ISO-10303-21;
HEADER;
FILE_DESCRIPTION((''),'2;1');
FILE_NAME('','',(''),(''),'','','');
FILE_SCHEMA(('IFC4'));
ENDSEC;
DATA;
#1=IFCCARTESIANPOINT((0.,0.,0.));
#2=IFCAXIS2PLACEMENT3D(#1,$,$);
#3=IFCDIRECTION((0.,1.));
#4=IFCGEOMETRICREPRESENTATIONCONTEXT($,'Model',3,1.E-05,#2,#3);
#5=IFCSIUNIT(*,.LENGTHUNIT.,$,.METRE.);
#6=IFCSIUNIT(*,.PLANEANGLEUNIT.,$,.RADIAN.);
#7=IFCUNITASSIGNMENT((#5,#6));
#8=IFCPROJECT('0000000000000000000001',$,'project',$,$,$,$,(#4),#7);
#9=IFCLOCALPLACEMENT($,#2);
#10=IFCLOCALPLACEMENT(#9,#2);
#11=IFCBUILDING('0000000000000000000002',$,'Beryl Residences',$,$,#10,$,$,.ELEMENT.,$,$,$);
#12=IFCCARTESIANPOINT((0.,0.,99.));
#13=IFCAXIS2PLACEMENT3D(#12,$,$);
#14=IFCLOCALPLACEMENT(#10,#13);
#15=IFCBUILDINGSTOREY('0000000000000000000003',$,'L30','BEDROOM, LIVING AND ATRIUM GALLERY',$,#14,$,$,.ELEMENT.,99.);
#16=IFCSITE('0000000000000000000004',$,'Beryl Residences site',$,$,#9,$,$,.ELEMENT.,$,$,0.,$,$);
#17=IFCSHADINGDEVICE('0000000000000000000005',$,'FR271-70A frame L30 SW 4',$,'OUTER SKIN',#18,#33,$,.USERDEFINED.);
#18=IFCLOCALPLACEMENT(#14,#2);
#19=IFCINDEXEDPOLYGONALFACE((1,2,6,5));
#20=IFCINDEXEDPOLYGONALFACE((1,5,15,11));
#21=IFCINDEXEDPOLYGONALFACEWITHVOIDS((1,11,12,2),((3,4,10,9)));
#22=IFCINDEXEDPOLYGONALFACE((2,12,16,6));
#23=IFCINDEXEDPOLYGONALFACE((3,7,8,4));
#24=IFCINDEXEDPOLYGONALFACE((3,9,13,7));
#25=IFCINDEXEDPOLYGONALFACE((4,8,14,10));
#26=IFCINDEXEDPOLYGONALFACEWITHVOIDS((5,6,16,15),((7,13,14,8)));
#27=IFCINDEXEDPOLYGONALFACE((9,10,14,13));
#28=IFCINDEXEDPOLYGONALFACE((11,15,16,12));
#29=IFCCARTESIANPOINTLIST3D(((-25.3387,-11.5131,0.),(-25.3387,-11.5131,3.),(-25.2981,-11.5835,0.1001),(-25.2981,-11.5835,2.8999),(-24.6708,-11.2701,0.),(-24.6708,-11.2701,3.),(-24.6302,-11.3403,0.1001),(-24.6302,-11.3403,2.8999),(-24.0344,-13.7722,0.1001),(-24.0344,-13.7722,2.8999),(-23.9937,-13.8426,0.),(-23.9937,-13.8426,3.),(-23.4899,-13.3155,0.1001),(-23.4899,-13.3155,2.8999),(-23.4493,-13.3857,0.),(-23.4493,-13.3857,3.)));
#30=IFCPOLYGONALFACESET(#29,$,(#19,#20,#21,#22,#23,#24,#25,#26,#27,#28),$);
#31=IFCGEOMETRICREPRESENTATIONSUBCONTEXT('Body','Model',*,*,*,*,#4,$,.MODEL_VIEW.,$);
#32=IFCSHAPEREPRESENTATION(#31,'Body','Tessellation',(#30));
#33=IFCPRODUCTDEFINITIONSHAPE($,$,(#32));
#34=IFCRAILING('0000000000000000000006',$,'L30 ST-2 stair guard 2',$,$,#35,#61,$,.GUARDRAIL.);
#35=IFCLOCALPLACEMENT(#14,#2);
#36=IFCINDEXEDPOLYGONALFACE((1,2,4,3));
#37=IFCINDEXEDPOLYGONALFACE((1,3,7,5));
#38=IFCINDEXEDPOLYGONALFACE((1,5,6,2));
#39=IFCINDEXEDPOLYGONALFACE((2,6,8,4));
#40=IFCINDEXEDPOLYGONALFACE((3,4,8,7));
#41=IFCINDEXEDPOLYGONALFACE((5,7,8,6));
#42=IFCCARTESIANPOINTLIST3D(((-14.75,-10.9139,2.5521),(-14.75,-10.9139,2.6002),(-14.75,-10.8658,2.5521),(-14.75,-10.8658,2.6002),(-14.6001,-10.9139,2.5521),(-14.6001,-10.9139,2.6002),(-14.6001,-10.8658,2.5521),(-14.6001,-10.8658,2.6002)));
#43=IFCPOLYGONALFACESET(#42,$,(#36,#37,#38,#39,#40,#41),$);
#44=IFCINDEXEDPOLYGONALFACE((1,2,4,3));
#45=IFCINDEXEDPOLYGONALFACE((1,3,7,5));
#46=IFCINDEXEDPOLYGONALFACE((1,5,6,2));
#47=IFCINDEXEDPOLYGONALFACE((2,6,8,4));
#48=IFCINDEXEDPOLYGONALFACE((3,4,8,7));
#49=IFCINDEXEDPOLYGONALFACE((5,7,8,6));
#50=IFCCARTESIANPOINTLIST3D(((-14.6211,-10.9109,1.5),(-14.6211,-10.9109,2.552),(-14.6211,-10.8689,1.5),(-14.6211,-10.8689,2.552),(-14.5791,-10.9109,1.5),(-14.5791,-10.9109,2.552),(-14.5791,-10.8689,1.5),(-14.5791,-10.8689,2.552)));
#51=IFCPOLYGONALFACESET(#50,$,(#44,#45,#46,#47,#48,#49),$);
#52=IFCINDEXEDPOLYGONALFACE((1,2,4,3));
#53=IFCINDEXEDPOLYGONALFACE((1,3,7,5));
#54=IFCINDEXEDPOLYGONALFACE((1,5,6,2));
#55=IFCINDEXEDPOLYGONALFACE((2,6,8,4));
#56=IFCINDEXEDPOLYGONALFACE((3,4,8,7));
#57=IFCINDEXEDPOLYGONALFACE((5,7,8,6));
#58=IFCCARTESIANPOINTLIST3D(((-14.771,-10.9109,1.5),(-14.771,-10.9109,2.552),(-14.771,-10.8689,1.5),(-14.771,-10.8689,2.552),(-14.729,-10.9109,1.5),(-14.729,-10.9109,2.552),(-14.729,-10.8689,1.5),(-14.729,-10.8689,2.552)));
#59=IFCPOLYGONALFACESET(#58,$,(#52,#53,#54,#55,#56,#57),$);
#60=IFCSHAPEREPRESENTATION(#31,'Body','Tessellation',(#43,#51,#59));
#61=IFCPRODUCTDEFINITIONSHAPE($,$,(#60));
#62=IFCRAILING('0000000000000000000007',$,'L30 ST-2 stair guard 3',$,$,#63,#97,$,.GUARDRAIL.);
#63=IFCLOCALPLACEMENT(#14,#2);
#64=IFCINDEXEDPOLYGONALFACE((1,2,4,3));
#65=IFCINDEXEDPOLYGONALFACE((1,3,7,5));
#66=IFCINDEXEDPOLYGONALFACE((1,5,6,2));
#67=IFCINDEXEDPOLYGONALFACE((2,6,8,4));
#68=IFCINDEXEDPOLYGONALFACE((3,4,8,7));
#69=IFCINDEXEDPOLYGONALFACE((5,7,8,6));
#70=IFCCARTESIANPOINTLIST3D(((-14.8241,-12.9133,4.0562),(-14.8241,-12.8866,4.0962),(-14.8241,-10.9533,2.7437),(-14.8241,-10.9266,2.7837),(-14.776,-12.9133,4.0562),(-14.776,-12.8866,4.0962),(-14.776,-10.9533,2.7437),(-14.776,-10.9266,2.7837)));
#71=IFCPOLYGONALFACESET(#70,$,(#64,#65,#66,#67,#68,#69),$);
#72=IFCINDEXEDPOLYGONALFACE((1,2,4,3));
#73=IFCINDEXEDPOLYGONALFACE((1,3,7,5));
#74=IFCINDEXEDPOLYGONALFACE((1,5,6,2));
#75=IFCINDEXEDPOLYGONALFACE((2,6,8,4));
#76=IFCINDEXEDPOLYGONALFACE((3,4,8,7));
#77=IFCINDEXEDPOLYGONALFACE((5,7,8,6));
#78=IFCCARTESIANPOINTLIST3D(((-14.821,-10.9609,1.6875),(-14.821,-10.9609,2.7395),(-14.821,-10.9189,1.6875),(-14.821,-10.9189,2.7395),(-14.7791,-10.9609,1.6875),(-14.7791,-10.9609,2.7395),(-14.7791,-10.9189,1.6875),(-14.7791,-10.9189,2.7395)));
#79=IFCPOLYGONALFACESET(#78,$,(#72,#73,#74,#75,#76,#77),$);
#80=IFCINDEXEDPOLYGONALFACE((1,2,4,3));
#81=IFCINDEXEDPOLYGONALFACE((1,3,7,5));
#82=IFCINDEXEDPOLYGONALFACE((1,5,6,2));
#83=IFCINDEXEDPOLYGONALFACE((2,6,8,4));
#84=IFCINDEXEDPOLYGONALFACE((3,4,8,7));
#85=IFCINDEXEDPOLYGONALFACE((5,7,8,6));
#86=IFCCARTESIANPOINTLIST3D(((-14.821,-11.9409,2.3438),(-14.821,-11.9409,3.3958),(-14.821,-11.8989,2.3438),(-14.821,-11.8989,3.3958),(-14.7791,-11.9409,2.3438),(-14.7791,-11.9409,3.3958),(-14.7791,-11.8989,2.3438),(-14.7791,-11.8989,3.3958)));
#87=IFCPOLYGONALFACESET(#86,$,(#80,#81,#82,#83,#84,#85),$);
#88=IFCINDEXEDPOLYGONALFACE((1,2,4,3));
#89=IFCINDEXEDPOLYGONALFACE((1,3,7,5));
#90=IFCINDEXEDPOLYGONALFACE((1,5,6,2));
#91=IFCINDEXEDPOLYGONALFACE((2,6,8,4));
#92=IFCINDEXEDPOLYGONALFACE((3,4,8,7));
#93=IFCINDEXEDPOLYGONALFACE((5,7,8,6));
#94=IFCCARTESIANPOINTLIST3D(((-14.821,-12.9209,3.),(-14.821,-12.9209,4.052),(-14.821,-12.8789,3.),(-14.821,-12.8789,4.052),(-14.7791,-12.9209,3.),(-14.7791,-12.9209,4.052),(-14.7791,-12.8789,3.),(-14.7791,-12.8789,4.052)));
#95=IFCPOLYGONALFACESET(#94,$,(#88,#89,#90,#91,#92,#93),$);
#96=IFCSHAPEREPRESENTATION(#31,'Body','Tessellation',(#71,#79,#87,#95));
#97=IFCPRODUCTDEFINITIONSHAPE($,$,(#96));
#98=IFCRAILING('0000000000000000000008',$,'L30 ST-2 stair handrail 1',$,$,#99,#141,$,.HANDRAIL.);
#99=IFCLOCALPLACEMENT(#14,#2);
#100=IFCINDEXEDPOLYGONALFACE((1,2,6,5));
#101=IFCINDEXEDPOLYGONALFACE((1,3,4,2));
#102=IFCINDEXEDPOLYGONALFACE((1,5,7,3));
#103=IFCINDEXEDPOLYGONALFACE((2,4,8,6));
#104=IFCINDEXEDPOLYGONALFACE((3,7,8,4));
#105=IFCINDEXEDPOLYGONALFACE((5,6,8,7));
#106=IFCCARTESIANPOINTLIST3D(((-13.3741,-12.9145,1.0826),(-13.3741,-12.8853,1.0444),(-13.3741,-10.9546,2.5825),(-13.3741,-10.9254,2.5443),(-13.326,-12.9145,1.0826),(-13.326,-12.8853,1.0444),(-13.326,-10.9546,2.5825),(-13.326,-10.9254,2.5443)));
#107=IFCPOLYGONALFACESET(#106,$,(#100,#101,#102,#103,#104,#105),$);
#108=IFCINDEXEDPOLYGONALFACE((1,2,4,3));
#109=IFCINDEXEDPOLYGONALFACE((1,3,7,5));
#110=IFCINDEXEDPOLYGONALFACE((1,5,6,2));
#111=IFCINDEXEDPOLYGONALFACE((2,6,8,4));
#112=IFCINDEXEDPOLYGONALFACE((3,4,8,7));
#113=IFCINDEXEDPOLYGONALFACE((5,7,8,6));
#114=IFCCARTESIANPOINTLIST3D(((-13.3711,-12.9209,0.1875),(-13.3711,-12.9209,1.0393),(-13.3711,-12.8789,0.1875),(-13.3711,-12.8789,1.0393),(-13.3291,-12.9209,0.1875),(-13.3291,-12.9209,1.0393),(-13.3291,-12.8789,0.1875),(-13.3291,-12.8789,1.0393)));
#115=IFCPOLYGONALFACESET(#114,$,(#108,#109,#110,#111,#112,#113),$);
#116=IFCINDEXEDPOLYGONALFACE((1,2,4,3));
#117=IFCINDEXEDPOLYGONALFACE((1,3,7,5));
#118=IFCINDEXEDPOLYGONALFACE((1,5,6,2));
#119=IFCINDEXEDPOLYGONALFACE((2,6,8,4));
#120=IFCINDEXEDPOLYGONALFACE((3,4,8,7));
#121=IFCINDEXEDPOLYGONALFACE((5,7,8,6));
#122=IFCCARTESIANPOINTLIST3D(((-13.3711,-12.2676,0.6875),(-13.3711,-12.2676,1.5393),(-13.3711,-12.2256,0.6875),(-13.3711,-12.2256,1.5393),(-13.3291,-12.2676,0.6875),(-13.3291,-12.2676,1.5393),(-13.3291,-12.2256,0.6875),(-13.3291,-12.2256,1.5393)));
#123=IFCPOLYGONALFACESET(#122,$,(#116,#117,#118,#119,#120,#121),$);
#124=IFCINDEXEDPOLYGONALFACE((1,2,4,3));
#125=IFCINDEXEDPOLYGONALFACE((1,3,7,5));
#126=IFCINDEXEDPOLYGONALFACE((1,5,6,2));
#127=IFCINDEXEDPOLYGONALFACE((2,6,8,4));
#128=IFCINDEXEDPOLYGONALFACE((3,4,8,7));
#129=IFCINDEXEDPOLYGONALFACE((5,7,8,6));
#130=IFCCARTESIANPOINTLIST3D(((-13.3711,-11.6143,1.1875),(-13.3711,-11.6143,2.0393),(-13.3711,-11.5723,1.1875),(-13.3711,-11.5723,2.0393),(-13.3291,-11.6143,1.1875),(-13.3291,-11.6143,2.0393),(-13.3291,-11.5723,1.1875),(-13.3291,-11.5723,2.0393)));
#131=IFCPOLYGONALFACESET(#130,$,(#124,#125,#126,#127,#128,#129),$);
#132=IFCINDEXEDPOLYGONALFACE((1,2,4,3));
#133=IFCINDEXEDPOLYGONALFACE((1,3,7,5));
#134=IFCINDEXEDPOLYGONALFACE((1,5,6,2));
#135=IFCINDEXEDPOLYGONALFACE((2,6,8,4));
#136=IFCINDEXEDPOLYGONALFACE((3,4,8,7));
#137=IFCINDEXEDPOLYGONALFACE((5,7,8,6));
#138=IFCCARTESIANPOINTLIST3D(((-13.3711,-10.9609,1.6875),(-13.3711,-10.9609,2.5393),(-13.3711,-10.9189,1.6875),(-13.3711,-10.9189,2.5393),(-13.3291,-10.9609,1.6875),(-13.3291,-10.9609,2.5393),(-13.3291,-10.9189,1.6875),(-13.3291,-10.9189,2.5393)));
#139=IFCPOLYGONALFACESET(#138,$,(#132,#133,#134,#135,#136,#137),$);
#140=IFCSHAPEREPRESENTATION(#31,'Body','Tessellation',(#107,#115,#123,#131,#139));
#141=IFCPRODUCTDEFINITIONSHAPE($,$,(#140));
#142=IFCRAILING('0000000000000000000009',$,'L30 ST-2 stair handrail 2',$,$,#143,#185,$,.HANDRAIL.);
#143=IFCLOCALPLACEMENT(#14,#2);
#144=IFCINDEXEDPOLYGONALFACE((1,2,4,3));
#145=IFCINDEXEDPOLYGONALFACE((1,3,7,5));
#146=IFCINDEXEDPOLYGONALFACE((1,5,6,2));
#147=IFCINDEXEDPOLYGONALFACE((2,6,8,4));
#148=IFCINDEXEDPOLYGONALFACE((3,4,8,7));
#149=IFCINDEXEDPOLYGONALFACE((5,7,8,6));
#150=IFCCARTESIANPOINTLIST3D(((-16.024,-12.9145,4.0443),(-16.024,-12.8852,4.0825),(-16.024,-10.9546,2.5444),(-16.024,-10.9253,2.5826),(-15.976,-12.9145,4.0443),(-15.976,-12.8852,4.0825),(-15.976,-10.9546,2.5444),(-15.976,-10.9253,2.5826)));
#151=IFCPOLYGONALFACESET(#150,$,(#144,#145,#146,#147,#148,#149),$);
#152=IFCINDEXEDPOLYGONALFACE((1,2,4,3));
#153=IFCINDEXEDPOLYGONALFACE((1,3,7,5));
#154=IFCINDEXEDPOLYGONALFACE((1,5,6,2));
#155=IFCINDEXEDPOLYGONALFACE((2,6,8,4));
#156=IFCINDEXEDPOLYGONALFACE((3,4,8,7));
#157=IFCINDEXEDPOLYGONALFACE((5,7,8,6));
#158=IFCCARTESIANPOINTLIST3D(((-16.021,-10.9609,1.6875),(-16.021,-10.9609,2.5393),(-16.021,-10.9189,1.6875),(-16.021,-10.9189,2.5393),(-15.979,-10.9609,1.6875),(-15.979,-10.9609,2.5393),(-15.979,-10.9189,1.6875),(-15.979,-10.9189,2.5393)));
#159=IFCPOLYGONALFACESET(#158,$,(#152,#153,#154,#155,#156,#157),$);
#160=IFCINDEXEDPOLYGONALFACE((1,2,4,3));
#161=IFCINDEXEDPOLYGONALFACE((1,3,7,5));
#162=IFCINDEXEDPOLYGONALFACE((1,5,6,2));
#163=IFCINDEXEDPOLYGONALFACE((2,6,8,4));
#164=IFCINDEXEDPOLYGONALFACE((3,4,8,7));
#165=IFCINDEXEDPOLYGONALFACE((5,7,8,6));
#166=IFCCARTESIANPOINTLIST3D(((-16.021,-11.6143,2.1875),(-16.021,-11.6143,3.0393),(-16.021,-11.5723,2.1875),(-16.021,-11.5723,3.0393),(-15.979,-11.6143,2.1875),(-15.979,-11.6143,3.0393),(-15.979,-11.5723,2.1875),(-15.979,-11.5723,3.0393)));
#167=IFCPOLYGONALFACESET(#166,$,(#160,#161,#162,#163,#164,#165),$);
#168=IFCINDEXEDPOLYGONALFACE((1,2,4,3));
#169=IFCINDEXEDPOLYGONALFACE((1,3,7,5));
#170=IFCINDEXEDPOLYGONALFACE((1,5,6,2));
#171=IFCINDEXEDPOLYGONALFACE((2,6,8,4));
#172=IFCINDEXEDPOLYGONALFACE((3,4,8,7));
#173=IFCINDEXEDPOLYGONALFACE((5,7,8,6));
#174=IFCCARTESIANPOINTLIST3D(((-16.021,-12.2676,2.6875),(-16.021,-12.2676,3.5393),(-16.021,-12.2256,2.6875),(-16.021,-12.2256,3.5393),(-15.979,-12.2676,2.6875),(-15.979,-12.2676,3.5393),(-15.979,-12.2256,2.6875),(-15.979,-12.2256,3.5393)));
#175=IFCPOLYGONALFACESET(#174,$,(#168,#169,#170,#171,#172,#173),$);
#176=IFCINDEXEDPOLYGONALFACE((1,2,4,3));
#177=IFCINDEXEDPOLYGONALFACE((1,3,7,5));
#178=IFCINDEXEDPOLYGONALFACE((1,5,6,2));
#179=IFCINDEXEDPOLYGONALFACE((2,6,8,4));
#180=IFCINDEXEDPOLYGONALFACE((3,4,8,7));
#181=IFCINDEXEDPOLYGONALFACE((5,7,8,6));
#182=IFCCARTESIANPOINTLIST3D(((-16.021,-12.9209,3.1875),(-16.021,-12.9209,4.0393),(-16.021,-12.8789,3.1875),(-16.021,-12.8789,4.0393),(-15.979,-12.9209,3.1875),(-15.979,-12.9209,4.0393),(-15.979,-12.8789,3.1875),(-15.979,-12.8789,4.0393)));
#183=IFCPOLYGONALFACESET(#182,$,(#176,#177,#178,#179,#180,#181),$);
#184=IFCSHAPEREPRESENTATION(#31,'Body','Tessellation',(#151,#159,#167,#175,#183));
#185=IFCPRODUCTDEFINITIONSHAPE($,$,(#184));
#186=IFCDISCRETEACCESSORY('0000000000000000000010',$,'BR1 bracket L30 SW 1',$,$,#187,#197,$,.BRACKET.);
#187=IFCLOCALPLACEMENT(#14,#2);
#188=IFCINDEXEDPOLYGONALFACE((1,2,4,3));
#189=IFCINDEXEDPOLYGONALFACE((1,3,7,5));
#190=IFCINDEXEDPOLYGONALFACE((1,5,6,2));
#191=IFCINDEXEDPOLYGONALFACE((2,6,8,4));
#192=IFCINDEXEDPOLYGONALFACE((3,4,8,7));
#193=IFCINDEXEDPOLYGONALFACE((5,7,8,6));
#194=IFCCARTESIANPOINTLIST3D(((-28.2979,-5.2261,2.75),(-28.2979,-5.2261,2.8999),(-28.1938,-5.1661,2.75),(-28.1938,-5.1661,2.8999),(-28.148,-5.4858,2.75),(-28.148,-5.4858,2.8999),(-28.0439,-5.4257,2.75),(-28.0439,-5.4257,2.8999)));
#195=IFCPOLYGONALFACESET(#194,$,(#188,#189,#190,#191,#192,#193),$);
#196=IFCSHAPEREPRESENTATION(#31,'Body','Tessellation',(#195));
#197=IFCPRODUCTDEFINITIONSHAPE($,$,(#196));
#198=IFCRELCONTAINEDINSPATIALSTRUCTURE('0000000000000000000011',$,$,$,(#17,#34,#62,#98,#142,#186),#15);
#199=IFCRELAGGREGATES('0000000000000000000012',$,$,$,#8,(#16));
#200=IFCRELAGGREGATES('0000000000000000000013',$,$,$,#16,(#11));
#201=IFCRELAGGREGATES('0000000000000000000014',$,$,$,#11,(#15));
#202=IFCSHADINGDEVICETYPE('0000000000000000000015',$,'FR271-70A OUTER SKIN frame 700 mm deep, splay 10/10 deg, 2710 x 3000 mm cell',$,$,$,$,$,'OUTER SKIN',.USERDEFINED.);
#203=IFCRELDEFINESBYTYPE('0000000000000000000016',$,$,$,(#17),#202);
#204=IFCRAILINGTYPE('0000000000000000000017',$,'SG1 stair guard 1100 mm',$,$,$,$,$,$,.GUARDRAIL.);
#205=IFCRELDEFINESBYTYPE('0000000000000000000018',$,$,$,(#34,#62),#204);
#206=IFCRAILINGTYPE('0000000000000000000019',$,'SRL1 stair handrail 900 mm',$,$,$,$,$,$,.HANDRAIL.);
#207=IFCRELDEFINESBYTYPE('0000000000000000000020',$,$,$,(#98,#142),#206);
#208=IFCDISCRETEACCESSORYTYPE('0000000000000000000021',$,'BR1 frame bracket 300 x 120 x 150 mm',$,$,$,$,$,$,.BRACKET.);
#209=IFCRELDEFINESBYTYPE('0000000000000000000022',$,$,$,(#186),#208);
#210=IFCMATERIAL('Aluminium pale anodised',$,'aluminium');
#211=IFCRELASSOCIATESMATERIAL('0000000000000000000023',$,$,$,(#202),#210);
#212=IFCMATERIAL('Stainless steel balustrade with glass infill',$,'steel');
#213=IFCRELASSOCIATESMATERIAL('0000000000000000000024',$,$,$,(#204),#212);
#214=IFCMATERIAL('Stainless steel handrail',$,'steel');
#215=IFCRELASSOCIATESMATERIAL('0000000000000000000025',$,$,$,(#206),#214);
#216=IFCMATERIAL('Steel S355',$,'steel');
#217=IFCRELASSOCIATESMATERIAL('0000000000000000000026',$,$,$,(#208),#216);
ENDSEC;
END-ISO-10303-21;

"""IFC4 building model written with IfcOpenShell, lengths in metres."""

from ifc_helpers import new_model, entity, si_unit, direction, frame, origin, origin_2d, place, context, subcontext, project, spatial, polyline, rectangle, outline, extrude, source, transform, mapped, material, type_object, type_shapes, element, save


model = new_model("IFC4")

# Units and contexts
model_context = context("Model", 3, precision=1e-05, world=origin(), true_north=direction((0.0, 1.0)))
body_context = subcontext(model_context, "Body", "Model", "MODEL_VIEW")
ifc_project = project(units=[si_unit("LENGTHUNIT", "METRE"), si_unit("PLANEANGLEUNIT", "RADIAN")], contexts=[model_context])

# Site, building, storey
site_placement = place(None, origin())
site = spatial("IfcSite", under=ifc_project, at=site_placement, Name="Beryl Residences site", CompositionType="ELEMENT", RefElevation=0.0)
building_placement = place(site_placement, origin())
building = spatial("IfcBuilding", under=site, at=building_placement, Name="Beryl Residences", CompositionType="ELEMENT")
storey_placement = place(building_placement, frame((0.0, 0.0, 99.0)))
storey = spatial("IfcBuildingStorey", under=building, at=storey_placement, Name="L30", Description="BEDROOM, LIVING AND ATRIUM GALLERY", CompositionType="ELEMENT", Elevation=99.0)

# Shading device
ifc_material_1 = material(Name="Aluminium pale anodised", Category="aluminium")
shading_device_type = type_object("IfcShadingDeviceType", Name="FR271-70A OUTER SKIN frame 700 mm deep, splay 10/10 deg, 2710 x 3000 mm cell", ElementType="OUTER SKIN", PredefinedType="USERDEFINED", material=ifc_material_1)
cartesian_point_1 = entity("IfcCartesianPoint", [-1.2214, 0.0])
cartesian_point_2 = entity("IfcCartesianPoint", [-1.1404, 0.1001])
cartesian_point_3 = entity("IfcCartesianPoint", [-1.345, 0.0])
cartesian_point_4 = entity("IfcCartesianPoint", [-1.2637, 0.1001])
shared_shape_1 = source(origin(), body_context, "Body", "SweptSolid", [
    entity("IfcExtrudedAreaSolidTapered", entity("IfcArbitraryProfileDefWithVoids", "AREA", None, entity("IfcPolyline", [cartesian_point_1, entity("IfcCartesianPoint", [1.2214, 0.0]), entity("IfcCartesianPoint", [1.2214, 3.0]), entity("IfcCartesianPoint", [-1.2214, 3.0]), cartesian_point_1]), [entity("IfcPolyline", [cartesian_point_2, entity("IfcCartesianPoint", [1.1404, 0.1001]), entity("IfcCartesianPoint", [1.1404, 2.8999]), entity("IfcCartesianPoint", [-1.1404, 2.8999]), cartesian_point_2])]), entity("IfcAxis2Placement3D", entity("IfcCartesianPoint", [0.0, 0.0, 0.0]), entity("IfcDirection", [0.0, 1.0, 0.0]), entity("IfcDirection", [-1.0, 0.0, 0.0])), entity("IfcDirection", [0.0, 0.0, 1.0]), 0.7, entity("IfcArbitraryProfileDefWithVoids", "AREA", None, entity("IfcPolyline", [cartesian_point_3, entity("IfcCartesianPoint", [1.345, 0.0]), entity("IfcCartesianPoint", [1.345, 3.0]), entity("IfcCartesianPoint", [-1.345, 3.0]), cartesian_point_3]), [entity("IfcPolyline", [cartesian_point_4, entity("IfcCartesianPoint", [1.2637, 0.1001]), entity("IfcCartesianPoint", [1.2637, 2.8999]), entity("IfcCartesianPoint", [-1.2637, 2.8999]), cartesian_point_4])])),
])
type_shapes(shading_device_type, [shared_shape_1])
for number, where, z_axis, x_axis, name in (
    (1, (-24.0601, -12.3279, 0.0), (0.0, 0.0, 1.0), (-0.5, 0.866025, 0.0), "FR271-70A frame L30 SW 4"),
):
    element("IfcShadingDevice", number, at=place(storey_placement, frame(where, z_axis=z_axis, x_axis=x_axis)), inside=storey, type_object=shading_device_type, Name=name, ObjectType="OUTER SKIN", PredefinedType="USERDEFINED", context=body_context, shape_type="MappedRepresentation", body=[
        mapped(shared_shape_1, transform((0.0, 0.0, 0.0))),
    ])

# Railings
ifc_material_2 = material(Name="Stainless steel balustrade with glass infill", Category="steel")
railing_type_1 = type_object("IfcRailingType", Name="SG1 stair guard 1100 mm", PredefinedType="GUARDRAIL", material=ifc_material_2)
railing_1_placement = place(storey_placement, frame((-14.6001, -10.8899, 1.5)))
element("IfcRailing", 2, at=railing_1_placement, inside=storey, type_object=railing_type_1, Name="L30 ST-2 stair guard 2", PredefinedType="GUARDRAIL", context=body_context, shape_type="SweptSolid", body=[
    extrude(rectangle(XDim=0.0481, YDim=0.0481, at=origin_2d()), frame((0.0, 0.0, 1.0762), z_axis=(-1.0, 0.0, 0.0), x_axis=(0.0, -1.0, 0.0)), (0.0, 0.0, 1.0), 0.1499),
    extrude(rectangle(XDim=0.042, YDim=0.042, at=origin_2d()), origin(), (0.0, 0.0, 1.0), 1.052),
    extrude(rectangle(XDim=0.042, YDim=0.042, at=origin_2d()), frame((-0.1499, 0.0, 0.0)), (0.0, 0.0, 1.0), 1.052),
])
railing_2_placement = place(storey_placement, frame((-14.8, -10.9399, 1.6875)))
element("IfcRailing", 3, at=railing_2_placement, inside=storey, type_object=railing_type_1, Name="L30 ST-2 stair guard 3", PredefinedType="GUARDRAIL", context=body_context, shape_type="SweptSolid", body=[
    extrude(rectangle(XDim=0.0481, YDim=0.0481, at=origin_2d()), frame((0.0, 0.0, 1.0762), z_axis=(0.0, -0.830902, 0.556419), x_axis=(1.0, 0.0, 0.0)), (0.0, 0.0, 1.0), 2.3589),
    extrude(rectangle(XDim=0.042, YDim=0.042, at=origin_2d()), origin(), (0.0, 0.0, 1.0), 1.052),
    extrude(rectangle(XDim=0.042, YDim=0.042, at=origin_2d()), frame((0.0, -0.98, 0.6562)), (0.0, 0.0, 1.0), 1.052),
    extrude(rectangle(XDim=0.042, YDim=0.042, at=origin_2d()), frame((0.0, -1.96, 1.3125)), (0.0, 0.0, 1.0), 1.052),
])
ifc_material_3 = material(Name="Stainless steel handrail", Category="steel")
railing_type_2 = type_object("IfcRailingType", Name="SRL1 stair handrail 900 mm", PredefinedType="HANDRAIL", material=ifc_material_3)
railing_3_placement = place(storey_placement, frame((-13.3501, -12.8999, 0.1875)))
element("IfcRailing", 4, at=railing_3_placement, inside=storey, type_object=railing_type_2, Name="L30 ST-2 stair handrail 1", PredefinedType="HANDRAIL", context=body_context, shape_type="SweptSolid", body=[
    extrude(rectangle(XDim=0.0481, YDim=0.0481, at=origin_2d()), frame((0.0, 0.0, 0.876), z_axis=(0.0, 0.794122, 0.607758), x_axis=(-1.0, 0.0, 0.0)), (0.0, 0.0, 1.0), 2.468),
    extrude(rectangle(XDim=0.042, YDim=0.042, at=origin_2d()), origin(), (0.0, 0.0, 1.0), 0.8518),
    extrude(rectangle(XDim=0.042, YDim=0.042, at=origin_2d()), frame((0.0, 0.6533, 0.5)), (0.0, 0.0, 1.0), 0.8518),
    extrude(rectangle(XDim=0.042, YDim=0.042, at=origin_2d()), frame((0.0, 1.3066, 1.0)), (0.0, 0.0, 1.0), 0.8518),
    extrude(rectangle(XDim=0.042, YDim=0.042, at=origin_2d()), frame((0.0, 1.96, 1.5)), (0.0, 0.0, 1.0), 0.8518),
])
railing_4_placement = place(storey_placement, frame((-16.0, -10.9399, 1.6875)))
element("IfcRailing", 5, at=railing_4_placement, inside=storey, type_object=railing_type_2, Name="L30 ST-2 stair handrail 2", PredefinedType="HANDRAIL", context=body_context, shape_type="SweptSolid", body=[
    extrude(rectangle(XDim=0.0481, YDim=0.0481, at=origin_2d()), frame((0.0, 0.0, 0.876), z_axis=(0.0, -0.794122, 0.607758), x_axis=(1.0, 0.0, 0.0)), (0.0, 0.0, 1.0), 2.468),
    extrude(rectangle(XDim=0.042, YDim=0.042, at=origin_2d()), origin(), (0.0, 0.0, 1.0), 0.8518),
    extrude(rectangle(XDim=0.042, YDim=0.042, at=origin_2d()), frame((0.0, -0.6533, 0.5)), (0.0, 0.0, 1.0), 0.8518),
    extrude(rectangle(XDim=0.042, YDim=0.042, at=origin_2d()), frame((0.0, -1.3066, 1.0)), (0.0, 0.0, 1.0), 0.8518),
    extrude(rectangle(XDim=0.042, YDim=0.042, at=origin_2d()), frame((0.0, -1.96, 1.5)), (0.0, 0.0, 1.0), 0.8518),
])

# Discrete accessory
ifc_material_4 = material(Name="Steel S355", Category="steel")
discrete_accessory_type = type_object("IfcDiscreteAccessoryType", Name="BR1 frame bracket 300 x 120 x 150 mm", PredefinedType="BRACKET", material=ifc_material_4)
shared_shape_2 = source(origin(), body_context, "Body", "SweptSolid", [
    extrude(outline(polyline([(-0.1499, 0.0), (0.1499, 0.0), (0.1499, 0.1201), (-0.1499, 0.1201), (-0.1499, 0.0)])), origin(), (0.0, 0.0, 1.0), 0.1499),
])
type_shapes(discrete_accessory_type, [shared_shape_2])
discrete_accessory_placement = place(storey_placement, frame((-28.1189, -5.2959, 2.75), z_axis=(0.0, 0.0, 1.0), x_axis=(-0.5, 0.866025, 0.0)))
element("IfcDiscreteAccessory", 6, at=discrete_accessory_placement, inside=storey, type_object=discrete_accessory_type, Name="BR1 bracket L30 SW 1", PredefinedType="BRACKET", context=body_context, shape_type="MappedRepresentation", body=[
    mapped(shared_shape_2, transform((0.0, 0.0, 0.0))),
])

save(model, "model.ifc")
